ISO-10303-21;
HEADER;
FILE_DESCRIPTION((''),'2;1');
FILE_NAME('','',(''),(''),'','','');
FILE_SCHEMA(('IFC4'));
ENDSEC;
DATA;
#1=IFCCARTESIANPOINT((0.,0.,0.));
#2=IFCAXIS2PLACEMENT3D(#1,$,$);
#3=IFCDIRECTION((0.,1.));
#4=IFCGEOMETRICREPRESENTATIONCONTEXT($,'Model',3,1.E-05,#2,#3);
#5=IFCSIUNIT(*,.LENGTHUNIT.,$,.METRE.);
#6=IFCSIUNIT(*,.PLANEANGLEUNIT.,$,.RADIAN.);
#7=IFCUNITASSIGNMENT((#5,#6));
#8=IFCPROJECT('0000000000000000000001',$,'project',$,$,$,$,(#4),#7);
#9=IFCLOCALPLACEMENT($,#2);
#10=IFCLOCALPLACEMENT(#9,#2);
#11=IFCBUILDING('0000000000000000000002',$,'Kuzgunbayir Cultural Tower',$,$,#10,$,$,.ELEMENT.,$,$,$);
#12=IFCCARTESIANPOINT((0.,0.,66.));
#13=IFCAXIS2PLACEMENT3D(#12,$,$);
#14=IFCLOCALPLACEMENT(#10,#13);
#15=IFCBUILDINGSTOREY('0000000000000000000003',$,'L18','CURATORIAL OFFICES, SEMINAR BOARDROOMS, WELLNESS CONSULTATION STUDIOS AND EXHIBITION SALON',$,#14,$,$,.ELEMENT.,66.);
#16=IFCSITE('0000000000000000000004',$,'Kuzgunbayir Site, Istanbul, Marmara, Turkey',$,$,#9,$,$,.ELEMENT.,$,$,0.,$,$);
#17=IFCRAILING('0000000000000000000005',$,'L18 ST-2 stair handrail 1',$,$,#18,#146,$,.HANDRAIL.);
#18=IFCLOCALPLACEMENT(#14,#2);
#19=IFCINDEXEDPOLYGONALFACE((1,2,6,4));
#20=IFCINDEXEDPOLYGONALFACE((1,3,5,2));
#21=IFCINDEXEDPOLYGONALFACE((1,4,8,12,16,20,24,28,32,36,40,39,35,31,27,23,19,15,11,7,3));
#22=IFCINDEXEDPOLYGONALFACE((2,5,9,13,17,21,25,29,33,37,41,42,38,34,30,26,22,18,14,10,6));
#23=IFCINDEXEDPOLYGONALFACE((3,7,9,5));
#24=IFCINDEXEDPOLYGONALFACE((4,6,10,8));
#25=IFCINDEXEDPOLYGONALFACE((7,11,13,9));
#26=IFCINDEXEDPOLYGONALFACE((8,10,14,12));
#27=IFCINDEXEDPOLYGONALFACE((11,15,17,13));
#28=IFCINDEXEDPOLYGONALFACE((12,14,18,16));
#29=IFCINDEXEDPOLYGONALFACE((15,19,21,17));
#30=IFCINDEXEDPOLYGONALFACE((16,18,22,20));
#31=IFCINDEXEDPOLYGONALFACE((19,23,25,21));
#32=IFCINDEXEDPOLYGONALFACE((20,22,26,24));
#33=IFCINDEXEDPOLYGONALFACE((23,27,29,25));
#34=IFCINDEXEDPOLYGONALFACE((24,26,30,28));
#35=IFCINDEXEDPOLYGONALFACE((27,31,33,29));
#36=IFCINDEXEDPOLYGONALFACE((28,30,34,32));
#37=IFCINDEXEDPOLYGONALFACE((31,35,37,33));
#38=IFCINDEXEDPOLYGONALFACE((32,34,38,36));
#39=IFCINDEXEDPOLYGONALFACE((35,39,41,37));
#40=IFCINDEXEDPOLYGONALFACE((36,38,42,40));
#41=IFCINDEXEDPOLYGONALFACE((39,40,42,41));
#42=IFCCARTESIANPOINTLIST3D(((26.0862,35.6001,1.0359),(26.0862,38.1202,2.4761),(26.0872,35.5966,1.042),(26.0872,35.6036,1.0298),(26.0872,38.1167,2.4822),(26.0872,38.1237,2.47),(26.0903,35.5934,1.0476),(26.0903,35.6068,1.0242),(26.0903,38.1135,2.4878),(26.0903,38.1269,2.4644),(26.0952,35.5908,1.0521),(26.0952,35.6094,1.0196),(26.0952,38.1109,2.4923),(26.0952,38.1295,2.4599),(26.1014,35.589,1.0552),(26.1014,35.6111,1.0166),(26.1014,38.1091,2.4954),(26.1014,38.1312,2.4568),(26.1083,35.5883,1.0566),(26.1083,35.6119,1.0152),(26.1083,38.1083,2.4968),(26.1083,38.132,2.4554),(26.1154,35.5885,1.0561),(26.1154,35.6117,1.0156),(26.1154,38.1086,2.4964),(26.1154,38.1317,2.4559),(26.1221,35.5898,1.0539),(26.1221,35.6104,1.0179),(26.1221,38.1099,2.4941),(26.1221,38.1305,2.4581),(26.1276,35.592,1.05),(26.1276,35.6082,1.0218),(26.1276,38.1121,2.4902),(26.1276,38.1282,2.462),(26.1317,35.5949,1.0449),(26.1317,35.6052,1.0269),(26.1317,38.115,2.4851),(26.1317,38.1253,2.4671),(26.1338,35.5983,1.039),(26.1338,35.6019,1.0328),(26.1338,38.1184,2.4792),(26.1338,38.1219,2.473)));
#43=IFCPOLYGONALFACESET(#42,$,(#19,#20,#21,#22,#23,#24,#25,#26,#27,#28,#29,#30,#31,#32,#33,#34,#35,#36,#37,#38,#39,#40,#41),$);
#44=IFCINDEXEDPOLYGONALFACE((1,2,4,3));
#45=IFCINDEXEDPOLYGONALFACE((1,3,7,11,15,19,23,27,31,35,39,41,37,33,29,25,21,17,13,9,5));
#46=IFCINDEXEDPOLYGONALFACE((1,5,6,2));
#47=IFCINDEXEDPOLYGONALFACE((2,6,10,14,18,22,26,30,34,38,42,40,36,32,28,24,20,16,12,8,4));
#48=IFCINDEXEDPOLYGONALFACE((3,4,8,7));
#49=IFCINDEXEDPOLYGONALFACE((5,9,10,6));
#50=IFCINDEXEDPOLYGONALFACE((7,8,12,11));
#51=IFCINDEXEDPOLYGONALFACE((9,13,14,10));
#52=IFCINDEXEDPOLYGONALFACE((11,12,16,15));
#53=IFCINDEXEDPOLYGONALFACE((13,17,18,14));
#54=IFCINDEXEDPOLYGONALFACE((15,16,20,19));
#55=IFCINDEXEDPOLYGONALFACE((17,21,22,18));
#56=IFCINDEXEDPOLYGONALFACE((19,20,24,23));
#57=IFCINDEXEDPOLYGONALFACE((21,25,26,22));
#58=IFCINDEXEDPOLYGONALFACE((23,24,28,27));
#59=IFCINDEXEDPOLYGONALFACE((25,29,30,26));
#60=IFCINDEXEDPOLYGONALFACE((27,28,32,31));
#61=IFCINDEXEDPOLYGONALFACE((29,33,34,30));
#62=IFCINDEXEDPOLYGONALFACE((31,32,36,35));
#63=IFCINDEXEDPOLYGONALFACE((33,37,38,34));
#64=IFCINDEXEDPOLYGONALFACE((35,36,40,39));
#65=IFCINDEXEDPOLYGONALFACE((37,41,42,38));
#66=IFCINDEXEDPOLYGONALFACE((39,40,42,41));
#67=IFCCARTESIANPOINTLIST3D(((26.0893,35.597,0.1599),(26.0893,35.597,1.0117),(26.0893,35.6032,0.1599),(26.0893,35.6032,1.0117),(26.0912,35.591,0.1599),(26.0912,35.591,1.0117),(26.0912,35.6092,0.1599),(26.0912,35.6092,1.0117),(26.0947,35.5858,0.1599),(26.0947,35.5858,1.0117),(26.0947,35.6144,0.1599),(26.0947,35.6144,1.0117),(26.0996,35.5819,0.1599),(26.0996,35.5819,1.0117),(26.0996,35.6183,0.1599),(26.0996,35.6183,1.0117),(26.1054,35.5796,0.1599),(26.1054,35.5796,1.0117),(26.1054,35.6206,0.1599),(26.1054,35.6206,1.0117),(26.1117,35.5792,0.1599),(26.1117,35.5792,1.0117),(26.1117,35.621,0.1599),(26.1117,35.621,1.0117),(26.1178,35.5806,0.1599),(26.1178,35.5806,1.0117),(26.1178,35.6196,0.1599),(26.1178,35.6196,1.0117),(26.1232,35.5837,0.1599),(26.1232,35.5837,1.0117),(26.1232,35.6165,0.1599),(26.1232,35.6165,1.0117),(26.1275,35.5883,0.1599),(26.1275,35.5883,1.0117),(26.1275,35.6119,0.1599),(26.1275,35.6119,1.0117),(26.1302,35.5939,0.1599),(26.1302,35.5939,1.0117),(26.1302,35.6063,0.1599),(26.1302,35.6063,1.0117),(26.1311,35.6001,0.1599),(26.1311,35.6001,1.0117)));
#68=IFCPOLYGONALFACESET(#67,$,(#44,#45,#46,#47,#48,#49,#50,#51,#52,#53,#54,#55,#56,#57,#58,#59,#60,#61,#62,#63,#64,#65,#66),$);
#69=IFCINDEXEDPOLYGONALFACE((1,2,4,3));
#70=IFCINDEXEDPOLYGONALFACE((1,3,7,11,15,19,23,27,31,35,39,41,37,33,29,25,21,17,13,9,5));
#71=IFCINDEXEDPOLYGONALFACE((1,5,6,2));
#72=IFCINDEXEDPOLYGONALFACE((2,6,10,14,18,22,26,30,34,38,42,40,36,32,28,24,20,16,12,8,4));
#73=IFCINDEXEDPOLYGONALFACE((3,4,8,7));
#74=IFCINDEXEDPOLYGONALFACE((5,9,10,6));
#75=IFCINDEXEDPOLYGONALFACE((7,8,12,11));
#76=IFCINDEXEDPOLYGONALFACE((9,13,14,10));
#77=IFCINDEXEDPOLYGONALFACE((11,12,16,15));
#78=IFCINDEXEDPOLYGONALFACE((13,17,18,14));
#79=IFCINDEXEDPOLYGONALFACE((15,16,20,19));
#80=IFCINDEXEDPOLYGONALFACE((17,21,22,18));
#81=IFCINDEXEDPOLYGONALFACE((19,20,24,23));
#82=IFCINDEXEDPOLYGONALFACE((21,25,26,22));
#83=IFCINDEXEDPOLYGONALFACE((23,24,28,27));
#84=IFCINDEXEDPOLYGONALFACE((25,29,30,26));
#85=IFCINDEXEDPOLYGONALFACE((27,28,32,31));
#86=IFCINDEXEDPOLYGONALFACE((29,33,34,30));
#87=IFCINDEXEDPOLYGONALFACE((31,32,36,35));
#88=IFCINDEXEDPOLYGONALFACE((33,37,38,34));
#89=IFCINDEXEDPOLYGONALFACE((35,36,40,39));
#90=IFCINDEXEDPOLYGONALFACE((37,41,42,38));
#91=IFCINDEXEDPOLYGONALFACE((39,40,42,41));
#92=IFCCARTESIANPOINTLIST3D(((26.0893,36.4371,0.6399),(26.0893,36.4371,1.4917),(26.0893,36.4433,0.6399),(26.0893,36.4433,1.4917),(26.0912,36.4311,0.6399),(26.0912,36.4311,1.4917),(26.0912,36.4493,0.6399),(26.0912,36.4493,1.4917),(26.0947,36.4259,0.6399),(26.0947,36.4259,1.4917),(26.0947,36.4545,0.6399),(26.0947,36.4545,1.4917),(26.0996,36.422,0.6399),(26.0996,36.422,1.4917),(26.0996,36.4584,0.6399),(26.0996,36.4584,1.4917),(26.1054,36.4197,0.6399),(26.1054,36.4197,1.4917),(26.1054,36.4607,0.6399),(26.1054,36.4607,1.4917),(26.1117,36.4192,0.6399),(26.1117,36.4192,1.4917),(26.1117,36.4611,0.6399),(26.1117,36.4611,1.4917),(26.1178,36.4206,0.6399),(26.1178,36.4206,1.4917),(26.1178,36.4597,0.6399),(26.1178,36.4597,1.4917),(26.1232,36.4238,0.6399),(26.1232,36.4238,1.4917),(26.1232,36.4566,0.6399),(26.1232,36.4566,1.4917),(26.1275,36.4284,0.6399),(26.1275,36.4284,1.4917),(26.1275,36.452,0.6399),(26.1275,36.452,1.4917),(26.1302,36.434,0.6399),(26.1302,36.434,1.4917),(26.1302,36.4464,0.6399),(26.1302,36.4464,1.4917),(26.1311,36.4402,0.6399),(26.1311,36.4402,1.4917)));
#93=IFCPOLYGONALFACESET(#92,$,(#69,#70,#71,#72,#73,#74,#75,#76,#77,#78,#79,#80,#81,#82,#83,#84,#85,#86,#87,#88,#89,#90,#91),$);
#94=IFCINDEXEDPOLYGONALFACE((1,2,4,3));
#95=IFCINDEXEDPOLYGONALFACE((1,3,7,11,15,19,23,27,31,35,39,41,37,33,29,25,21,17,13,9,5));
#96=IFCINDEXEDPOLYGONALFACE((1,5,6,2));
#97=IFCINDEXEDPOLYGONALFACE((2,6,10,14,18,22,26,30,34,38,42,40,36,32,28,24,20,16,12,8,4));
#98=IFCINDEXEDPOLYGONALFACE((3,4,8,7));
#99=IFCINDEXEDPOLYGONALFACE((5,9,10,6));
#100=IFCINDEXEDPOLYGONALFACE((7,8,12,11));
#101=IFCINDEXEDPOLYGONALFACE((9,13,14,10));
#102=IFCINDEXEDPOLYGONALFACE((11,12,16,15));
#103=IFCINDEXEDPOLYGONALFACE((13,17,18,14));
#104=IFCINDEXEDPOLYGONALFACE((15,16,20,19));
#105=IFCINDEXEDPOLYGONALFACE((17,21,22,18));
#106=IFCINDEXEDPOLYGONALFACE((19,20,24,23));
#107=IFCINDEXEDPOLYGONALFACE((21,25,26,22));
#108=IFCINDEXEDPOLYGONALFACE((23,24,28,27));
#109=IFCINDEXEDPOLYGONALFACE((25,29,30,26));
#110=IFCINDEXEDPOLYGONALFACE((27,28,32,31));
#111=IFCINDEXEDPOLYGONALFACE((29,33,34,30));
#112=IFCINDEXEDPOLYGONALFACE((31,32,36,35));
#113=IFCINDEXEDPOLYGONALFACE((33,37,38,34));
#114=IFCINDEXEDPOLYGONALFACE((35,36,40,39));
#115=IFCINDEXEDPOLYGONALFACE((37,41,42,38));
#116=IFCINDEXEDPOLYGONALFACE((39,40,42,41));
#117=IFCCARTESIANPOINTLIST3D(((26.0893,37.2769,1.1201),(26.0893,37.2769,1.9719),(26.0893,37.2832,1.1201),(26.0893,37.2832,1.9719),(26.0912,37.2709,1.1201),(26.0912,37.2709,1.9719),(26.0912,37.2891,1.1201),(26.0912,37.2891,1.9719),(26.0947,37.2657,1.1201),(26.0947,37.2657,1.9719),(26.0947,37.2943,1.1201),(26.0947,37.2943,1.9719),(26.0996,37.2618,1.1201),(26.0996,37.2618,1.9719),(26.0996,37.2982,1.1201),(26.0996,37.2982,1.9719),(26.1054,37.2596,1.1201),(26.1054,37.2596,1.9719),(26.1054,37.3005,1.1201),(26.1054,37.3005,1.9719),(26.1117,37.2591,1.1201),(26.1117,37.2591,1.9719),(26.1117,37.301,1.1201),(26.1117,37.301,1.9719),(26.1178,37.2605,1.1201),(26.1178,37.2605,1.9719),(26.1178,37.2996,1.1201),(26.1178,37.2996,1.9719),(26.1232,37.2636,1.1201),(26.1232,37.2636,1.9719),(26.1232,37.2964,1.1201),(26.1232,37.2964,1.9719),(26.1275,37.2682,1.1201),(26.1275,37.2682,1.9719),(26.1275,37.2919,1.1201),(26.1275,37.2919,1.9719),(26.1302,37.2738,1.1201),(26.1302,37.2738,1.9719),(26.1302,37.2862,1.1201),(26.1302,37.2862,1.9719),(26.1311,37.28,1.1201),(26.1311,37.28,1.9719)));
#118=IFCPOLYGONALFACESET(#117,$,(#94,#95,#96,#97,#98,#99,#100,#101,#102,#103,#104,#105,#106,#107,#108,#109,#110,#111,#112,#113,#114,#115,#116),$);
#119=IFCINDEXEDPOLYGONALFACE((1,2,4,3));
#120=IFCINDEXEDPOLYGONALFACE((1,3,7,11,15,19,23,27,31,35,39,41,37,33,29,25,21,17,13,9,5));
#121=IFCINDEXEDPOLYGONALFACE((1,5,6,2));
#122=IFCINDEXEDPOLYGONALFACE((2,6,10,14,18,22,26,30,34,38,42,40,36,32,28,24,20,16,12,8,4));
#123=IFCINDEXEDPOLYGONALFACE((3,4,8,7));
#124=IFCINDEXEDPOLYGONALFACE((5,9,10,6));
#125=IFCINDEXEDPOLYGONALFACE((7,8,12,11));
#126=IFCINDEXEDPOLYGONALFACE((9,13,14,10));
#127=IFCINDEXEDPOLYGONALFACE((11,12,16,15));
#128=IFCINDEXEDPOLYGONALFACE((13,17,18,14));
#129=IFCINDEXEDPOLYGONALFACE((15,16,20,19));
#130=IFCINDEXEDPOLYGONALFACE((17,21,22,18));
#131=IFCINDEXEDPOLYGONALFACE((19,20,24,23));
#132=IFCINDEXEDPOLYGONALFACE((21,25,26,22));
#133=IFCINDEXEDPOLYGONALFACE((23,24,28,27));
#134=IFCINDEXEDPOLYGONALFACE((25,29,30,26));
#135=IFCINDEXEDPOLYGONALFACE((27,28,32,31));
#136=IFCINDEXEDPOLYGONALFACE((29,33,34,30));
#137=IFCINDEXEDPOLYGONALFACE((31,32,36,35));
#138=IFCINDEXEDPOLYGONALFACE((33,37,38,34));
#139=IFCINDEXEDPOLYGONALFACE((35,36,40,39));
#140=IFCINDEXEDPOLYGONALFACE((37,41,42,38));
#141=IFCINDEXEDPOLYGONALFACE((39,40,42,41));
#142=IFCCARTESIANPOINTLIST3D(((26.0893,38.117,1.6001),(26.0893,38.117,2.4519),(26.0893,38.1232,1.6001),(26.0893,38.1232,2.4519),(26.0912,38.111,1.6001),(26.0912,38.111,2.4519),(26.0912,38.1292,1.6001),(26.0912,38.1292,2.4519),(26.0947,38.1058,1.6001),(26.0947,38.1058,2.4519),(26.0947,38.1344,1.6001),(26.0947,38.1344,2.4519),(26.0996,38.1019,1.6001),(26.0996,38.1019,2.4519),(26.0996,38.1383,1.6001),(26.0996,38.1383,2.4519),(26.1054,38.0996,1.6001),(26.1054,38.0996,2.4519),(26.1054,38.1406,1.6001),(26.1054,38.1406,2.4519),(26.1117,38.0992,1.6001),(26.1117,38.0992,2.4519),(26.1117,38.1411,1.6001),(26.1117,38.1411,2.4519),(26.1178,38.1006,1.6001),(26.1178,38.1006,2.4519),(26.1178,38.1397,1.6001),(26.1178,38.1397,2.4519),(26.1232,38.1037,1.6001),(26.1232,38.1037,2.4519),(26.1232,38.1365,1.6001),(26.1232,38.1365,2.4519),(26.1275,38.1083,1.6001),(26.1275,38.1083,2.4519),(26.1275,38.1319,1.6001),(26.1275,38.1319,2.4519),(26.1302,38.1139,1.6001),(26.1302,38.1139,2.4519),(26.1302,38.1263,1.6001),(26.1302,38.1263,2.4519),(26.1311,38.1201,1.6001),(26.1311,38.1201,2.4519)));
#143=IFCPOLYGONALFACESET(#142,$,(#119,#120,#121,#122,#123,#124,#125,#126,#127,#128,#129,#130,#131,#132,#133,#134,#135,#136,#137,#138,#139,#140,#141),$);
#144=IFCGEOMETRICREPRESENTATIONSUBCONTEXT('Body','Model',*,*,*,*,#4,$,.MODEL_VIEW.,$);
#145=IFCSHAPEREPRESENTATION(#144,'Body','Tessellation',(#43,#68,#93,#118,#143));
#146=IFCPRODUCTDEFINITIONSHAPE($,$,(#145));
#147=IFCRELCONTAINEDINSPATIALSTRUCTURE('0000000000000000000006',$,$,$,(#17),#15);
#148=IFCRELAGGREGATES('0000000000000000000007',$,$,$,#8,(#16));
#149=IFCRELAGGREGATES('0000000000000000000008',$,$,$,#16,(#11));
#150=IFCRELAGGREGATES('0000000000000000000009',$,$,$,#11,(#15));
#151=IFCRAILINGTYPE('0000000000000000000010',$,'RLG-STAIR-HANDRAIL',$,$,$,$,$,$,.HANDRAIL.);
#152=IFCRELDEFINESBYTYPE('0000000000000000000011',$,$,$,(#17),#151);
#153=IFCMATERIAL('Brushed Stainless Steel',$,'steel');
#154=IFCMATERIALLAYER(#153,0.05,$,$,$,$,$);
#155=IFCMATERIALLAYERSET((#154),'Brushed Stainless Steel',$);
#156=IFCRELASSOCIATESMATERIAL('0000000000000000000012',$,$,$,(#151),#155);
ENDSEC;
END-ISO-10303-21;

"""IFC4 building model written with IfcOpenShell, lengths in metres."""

from ifc_helpers import new_model, si_unit, direction, frame, origin, origin_2d, place, context, subcontext, project, spatial, circle, extrude, material, layer, layer_set, type_object, element, save


model = new_model("IFC4")

# Units and contexts
model_context = context("Model", 3, precision=1e-05, world=origin(), true_north=direction((0.0, 1.0)))
body_context = subcontext(model_context, "Body", "Model", "MODEL_VIEW")
ifc_project = project(units=[si_unit("LENGTHUNIT", "METRE"), si_unit("PLANEANGLEUNIT", "RADIAN")], contexts=[model_context])

# Site, building, storey
site_placement = place(None, origin())
site = spatial("IfcSite", under=ifc_project, at=site_placement, Name="Kuzgunbayir Site, Istanbul, Marmara, Turkey", CompositionType="ELEMENT", RefElevation=0.0)
building_placement = place(site_placement, origin())
building = spatial("IfcBuilding", under=site, at=building_placement, Name="Kuzgunbayir Cultural Tower", CompositionType="ELEMENT")
storey_placement = place(building_placement, frame((0.0, 0.0, 66.0)))
storey = spatial("IfcBuildingStorey", under=building, at=storey_placement, Name="L18", Description="CURATORIAL OFFICES, SEMINAR BOARDROOMS, WELLNESS CONSULTATION STUDIOS AND EXHIBITION SALON", CompositionType="ELEMENT", Elevation=66.0)

# Shared definitions
ifc_material_1 = material(Name="Brushed Stainless Steel", Category="steel")

# Railing
ifc_layer_1 = layer(ifc_material_1, 0.05)
ifc_layer_set_1 = layer_set([ifc_layer_1], Name="Brushed Stainless Steel")
railing_type_1 = type_object("IfcRailingType", Name="RLG-STAIR-HANDRAIL", PredefinedType="HANDRAIL", material=ifc_layer_set_1)
railing_1_placement = place(storey_placement, frame((26.1101, 35.6001, 0.1599)))
element("IfcRailing", 1, at=railing_1_placement, inside=storey, type_object=railing_type_1, Name="L18 ST-2 stair handrail 1", PredefinedType="HANDRAIL", context=body_context, shape_type="SweptSolid", body=[
    extrude(circle(Radius=0.0239, at=origin_2d()), frame((0.0, 0.0, 0.876), z_axis=(0.0, 0.868217, 0.496184), x_axis=(-1.0, 0.0, 0.0)), (0.0, 0.0, 1.0), 2.9026),
    extrude(circle(Radius=0.021, at=origin_2d()), origin(), (0.0, 0.0, 1.0), 0.8518),
    extrude(circle(Radius=0.021, at=origin_2d()), frame((0.0, 0.8401, 0.48)), (0.0, 0.0, 1.0), 0.8518),
    extrude(circle(Radius=0.021, at=origin_2d()), frame((0.0, 1.6799, 0.9602)), (0.0, 0.0, 1.0), 0.8518),
    extrude(circle(Radius=0.021, at=origin_2d()), frame((0.0, 2.52, 1.4402)), (0.0, 0.0, 1.0), 0.8518),
])

save(model, "model.ifc")
